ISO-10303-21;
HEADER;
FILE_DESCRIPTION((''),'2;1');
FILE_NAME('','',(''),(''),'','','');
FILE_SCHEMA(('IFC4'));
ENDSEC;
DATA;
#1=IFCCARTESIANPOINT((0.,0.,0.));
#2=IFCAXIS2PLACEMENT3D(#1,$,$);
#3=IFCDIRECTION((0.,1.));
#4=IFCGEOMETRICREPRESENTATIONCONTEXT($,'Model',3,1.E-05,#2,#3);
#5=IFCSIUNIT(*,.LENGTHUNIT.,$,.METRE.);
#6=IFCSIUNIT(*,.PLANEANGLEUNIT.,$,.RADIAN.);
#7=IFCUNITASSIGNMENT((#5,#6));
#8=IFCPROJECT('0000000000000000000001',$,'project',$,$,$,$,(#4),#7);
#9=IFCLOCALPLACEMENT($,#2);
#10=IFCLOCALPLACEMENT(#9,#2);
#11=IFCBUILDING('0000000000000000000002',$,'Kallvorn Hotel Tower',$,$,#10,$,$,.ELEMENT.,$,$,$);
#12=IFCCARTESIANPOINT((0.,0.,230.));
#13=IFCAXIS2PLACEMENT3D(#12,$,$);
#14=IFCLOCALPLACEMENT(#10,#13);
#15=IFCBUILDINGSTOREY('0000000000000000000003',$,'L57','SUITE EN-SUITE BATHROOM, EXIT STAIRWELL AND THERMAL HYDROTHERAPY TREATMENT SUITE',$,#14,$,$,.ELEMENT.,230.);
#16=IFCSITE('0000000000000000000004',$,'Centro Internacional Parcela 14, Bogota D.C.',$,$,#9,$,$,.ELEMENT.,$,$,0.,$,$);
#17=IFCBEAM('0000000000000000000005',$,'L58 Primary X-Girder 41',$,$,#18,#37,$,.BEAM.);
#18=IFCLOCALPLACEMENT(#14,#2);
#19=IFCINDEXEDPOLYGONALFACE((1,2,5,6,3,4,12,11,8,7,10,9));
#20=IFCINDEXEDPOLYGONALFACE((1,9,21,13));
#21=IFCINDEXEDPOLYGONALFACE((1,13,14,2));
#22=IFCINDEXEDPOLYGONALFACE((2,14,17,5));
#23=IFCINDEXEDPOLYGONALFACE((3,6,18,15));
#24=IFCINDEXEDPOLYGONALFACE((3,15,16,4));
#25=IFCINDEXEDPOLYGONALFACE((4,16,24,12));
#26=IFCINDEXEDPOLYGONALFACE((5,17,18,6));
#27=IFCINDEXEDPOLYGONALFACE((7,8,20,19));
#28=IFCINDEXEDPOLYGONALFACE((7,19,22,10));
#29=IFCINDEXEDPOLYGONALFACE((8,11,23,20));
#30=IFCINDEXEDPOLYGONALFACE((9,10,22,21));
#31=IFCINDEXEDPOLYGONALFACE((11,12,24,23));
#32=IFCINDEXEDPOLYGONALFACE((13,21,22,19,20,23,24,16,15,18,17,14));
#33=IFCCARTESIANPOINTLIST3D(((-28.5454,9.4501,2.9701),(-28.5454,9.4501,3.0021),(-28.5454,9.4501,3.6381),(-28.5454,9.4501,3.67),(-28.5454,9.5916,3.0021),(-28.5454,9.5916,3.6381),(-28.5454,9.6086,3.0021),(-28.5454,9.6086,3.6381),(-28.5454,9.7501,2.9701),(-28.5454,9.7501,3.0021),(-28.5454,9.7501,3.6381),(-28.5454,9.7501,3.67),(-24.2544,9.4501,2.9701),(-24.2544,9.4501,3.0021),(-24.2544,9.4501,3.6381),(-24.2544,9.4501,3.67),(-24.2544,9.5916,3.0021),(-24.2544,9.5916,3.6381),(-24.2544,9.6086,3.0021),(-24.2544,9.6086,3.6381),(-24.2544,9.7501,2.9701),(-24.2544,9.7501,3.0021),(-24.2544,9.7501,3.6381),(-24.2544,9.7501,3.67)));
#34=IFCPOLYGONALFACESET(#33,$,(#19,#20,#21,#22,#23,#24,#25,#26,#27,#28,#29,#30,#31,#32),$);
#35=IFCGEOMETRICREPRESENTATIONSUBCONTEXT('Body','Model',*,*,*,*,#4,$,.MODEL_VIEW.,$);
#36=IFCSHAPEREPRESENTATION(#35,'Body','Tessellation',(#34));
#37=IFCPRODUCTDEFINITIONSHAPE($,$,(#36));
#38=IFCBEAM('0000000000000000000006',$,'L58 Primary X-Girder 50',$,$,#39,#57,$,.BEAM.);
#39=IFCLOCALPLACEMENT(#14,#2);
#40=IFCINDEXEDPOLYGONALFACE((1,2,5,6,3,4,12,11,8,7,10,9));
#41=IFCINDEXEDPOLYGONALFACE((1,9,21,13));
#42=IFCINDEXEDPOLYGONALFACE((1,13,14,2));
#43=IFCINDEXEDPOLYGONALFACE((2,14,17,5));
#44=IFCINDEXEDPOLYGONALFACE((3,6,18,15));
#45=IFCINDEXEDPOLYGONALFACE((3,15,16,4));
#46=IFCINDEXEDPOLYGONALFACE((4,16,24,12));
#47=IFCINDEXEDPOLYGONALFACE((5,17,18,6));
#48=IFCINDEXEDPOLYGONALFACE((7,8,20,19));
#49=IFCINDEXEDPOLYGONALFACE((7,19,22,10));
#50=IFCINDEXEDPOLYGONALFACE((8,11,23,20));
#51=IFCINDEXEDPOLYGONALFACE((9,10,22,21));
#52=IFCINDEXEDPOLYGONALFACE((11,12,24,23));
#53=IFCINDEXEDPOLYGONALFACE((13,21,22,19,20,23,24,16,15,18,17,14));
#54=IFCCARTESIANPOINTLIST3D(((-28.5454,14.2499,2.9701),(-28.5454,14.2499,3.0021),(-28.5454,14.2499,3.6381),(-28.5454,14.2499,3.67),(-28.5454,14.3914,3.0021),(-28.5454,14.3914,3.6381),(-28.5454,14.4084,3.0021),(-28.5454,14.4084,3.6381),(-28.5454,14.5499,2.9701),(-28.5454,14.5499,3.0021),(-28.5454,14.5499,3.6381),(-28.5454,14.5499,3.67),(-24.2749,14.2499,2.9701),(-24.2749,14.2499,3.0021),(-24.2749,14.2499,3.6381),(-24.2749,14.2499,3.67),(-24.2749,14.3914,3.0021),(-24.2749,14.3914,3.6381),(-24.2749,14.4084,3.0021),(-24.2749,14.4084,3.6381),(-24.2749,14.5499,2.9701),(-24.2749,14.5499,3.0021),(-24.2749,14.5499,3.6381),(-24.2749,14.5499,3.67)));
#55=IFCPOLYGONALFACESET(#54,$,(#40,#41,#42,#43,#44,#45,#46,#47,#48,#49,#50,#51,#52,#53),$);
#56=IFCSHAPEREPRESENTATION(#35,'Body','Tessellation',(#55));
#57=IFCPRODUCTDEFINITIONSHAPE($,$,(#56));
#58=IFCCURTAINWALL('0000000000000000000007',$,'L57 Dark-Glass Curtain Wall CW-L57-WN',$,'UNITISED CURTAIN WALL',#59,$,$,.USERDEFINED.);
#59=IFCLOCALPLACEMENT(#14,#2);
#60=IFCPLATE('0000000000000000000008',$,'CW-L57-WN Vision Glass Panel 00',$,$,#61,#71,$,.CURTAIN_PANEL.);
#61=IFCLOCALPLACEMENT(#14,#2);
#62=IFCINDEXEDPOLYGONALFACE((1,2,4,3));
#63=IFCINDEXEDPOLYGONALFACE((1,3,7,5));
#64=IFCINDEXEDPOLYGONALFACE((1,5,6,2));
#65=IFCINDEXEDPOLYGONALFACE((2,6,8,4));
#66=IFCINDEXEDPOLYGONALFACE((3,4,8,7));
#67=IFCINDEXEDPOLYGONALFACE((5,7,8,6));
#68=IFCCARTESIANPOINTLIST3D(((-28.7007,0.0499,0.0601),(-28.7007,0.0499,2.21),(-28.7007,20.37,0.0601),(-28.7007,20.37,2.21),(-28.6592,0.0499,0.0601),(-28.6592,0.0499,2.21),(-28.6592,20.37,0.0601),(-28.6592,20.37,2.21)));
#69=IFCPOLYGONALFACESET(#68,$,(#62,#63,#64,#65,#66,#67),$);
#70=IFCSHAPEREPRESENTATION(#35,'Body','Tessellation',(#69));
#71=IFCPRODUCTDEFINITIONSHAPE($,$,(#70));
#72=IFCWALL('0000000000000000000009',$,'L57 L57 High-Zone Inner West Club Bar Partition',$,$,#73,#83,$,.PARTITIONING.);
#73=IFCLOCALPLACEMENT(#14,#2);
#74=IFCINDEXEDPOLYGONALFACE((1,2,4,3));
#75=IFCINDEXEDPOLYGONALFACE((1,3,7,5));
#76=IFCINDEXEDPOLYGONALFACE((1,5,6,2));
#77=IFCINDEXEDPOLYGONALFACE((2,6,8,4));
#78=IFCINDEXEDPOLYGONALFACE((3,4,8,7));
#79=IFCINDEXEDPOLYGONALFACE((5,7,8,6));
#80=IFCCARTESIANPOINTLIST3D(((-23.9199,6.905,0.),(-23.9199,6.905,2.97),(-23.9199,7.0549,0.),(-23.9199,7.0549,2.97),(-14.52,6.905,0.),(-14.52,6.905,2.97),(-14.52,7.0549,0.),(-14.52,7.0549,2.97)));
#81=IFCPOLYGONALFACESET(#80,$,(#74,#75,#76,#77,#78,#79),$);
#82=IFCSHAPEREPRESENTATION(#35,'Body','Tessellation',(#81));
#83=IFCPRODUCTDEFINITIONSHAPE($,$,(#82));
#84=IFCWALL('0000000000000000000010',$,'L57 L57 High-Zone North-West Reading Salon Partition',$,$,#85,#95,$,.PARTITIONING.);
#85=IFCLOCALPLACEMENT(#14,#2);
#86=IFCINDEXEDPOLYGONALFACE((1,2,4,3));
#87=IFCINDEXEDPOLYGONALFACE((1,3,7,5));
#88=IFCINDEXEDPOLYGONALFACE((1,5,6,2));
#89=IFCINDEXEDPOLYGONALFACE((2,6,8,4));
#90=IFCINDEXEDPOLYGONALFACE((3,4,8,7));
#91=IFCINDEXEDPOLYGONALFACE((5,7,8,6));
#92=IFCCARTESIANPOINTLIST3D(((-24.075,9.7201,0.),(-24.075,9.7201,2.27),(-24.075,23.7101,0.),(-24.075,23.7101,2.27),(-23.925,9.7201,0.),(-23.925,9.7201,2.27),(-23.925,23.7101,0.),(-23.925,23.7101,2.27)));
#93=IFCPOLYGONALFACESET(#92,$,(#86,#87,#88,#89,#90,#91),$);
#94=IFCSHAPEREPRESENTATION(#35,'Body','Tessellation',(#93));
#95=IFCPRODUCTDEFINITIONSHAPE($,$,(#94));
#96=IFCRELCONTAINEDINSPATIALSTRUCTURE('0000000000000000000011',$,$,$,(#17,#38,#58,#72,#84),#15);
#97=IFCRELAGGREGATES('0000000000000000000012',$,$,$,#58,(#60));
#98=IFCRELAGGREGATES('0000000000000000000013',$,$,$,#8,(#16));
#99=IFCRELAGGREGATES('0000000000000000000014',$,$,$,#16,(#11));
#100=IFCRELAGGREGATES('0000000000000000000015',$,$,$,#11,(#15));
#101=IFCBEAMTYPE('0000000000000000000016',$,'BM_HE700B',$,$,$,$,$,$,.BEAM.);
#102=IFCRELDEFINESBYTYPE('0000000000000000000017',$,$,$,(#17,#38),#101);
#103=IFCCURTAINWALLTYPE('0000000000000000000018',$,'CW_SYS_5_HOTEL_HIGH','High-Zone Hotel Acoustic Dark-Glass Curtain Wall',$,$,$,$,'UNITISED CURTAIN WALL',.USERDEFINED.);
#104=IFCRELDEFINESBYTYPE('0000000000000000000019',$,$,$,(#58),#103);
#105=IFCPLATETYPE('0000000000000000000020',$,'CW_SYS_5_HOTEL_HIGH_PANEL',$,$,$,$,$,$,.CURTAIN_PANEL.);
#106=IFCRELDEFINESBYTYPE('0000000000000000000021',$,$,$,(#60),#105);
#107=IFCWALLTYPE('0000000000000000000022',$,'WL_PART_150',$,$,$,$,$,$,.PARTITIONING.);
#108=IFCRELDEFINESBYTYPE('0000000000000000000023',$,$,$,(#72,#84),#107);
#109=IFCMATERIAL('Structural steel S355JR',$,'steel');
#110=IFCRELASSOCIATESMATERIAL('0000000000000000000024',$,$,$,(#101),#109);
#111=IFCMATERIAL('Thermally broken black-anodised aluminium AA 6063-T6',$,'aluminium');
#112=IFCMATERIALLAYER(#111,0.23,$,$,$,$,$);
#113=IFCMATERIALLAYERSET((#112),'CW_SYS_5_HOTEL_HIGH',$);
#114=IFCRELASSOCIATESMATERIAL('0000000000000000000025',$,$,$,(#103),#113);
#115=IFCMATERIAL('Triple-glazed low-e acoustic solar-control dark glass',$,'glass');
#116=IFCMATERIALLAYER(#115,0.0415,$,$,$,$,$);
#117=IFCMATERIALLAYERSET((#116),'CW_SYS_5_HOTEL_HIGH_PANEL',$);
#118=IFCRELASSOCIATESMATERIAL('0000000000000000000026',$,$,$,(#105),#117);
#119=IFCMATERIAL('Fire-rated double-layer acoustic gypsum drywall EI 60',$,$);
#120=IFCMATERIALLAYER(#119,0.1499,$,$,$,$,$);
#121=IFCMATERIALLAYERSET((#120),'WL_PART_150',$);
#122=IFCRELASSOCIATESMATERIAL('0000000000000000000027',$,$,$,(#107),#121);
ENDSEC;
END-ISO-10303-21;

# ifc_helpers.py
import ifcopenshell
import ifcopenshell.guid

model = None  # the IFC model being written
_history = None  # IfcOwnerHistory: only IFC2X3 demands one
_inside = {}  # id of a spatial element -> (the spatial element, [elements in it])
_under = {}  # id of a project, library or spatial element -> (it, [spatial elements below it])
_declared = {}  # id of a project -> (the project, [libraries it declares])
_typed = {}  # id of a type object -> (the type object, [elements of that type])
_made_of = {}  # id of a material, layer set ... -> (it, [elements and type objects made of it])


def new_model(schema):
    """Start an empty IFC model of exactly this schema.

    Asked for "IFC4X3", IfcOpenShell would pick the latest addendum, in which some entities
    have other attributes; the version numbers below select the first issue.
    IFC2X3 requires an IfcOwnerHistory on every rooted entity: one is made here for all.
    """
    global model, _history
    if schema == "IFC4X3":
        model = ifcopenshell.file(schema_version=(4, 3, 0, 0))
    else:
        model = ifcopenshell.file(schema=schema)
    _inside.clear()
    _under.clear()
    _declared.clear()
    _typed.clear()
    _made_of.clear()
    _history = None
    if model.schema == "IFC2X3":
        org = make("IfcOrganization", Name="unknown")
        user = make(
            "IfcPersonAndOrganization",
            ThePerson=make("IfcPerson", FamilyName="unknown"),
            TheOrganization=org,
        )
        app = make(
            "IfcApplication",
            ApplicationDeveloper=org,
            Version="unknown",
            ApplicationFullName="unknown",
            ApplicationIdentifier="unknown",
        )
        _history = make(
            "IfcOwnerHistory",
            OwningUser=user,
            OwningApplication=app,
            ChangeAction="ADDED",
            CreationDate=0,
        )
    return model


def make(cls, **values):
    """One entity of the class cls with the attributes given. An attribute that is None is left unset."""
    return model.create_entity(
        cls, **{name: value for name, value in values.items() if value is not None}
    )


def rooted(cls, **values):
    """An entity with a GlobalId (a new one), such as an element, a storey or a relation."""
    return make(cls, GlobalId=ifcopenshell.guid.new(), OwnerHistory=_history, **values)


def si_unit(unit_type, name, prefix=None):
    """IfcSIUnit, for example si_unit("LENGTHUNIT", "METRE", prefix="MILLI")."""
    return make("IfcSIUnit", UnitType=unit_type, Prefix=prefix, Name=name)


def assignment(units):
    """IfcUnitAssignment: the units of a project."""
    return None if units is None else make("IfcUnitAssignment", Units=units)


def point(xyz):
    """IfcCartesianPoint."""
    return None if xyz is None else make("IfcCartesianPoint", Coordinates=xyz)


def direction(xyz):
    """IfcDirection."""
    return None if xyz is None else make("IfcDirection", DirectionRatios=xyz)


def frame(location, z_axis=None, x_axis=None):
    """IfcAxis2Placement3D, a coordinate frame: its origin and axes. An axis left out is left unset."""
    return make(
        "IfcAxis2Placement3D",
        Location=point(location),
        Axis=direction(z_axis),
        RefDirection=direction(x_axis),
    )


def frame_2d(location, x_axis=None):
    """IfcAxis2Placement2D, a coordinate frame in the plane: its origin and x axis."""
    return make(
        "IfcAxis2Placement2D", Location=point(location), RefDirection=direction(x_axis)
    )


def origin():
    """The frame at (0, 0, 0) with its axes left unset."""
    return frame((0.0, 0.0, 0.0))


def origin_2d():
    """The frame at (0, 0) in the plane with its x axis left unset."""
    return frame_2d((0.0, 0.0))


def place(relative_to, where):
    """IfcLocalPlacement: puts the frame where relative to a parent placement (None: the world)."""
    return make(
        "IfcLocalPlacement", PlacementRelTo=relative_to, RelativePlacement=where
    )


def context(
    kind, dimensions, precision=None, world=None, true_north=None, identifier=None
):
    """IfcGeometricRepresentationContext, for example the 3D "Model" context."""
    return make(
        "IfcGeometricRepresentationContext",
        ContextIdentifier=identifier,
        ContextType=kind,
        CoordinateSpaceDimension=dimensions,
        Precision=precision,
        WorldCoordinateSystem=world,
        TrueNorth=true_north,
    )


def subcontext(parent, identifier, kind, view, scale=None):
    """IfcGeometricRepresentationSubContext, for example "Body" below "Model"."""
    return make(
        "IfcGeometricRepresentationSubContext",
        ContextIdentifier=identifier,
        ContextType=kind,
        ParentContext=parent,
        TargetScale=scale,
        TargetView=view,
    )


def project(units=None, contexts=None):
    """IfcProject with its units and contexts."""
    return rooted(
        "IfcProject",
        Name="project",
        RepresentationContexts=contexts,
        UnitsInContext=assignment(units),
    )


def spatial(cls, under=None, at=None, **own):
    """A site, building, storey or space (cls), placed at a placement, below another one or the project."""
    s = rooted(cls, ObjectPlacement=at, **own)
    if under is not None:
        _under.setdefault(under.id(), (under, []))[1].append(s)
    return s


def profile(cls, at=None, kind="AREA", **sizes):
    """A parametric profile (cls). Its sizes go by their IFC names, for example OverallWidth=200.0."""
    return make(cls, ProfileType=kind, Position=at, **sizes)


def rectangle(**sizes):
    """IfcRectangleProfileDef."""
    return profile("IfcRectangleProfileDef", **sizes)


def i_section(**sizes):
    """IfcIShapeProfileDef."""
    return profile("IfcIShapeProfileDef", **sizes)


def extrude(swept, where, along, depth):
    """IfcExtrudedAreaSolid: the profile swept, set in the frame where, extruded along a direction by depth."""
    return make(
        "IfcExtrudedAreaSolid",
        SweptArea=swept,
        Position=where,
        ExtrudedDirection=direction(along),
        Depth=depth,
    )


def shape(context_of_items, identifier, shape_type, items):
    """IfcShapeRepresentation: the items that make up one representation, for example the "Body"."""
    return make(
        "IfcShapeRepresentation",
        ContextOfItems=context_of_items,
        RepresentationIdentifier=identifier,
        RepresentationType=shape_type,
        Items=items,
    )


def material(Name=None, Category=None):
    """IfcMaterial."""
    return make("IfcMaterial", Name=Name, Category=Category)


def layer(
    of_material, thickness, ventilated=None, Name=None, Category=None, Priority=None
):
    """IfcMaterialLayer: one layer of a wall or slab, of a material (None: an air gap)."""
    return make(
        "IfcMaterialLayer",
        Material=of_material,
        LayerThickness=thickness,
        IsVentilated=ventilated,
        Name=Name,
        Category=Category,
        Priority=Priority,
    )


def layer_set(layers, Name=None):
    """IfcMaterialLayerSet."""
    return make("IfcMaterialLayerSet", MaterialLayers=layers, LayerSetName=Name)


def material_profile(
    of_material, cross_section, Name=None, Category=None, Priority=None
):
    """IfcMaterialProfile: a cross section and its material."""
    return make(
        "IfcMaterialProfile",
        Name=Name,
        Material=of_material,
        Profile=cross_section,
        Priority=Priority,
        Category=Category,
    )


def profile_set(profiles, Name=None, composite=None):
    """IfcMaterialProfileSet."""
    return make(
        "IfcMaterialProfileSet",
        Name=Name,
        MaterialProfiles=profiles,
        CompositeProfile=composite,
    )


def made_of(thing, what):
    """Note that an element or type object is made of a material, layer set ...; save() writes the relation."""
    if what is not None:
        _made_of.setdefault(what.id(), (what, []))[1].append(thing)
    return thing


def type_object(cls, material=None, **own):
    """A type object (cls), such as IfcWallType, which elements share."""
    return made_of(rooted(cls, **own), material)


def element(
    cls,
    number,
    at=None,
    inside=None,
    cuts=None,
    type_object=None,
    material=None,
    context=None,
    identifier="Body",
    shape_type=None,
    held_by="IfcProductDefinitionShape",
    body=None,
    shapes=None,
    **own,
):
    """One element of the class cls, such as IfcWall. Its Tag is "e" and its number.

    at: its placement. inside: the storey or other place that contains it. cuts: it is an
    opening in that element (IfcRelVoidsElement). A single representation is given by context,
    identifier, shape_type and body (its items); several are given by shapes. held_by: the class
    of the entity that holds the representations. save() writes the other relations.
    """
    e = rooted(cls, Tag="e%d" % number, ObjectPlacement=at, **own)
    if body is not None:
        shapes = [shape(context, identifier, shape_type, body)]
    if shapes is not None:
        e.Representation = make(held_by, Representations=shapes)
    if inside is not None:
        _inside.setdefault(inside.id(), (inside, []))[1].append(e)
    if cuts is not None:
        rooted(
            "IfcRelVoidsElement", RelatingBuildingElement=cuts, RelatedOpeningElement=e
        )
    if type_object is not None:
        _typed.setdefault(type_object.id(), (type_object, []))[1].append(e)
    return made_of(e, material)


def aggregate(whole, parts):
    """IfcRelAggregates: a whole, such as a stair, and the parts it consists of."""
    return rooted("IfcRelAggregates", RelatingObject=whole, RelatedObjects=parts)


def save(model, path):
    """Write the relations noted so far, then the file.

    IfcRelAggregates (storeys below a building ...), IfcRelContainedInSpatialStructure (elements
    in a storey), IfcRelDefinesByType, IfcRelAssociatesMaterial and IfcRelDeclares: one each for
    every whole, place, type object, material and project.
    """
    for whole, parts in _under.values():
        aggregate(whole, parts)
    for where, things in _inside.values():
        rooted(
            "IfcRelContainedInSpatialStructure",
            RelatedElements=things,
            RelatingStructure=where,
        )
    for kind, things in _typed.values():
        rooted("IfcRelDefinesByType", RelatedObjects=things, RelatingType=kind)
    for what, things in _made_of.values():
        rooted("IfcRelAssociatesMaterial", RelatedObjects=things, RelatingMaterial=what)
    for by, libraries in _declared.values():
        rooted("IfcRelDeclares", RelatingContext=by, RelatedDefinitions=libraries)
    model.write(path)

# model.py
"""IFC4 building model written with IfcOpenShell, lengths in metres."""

from ifc_helpers import new_model, si_unit, direction, frame, frame_2d, origin, origin_2d, place, context, subcontext, project, spatial, rectangle, i_section, extrude, material, layer, layer_set, material_profile, profile_set, type_object, element, aggregate, save


model = new_model("IFC4")

# Units and contexts
model_context = context("Model", 3, precision=1e-05, world=origin(), true_north=direction((0.0, 1.0)))
body_context = subcontext(model_context, "Body", "Model", "MODEL_VIEW")
ifc_project = project(units=[si_unit("LENGTHUNIT", "METRE"), si_unit("PLANEANGLEUNIT", "RADIAN")], contexts=[model_context])

# Site, building, storey
site_placement = place(None, origin())
site = spatial("IfcSite", under=ifc_project, at=site_placement, Name="Centro Internacional Parcela 14, Bogota D.C.", CompositionType="ELEMENT", RefElevation=0.0)
building_placement = place(site_placement, origin())
building = spatial("IfcBuilding", under=site, at=building_placement, Name="Kallvorn Hotel Tower", CompositionType="ELEMENT")
storey_placement = place(building_placement, frame((0.0, 0.0, 230.0)))
storey = spatial("IfcBuildingStorey", under=building, at=storey_placement, Name="L57", Description="SUITE EN-SUITE BATHROOM, EXIT STAIRWELL AND THERMAL HYDROTHERAPY TREATMENT SUITE", CompositionType="ELEMENT", Elevation=230.0)

# Beams
ifc_material_1 = material(Name="Structural steel S355JR", Category="steel")
ifc_material_profile_1 = material_profile(ifc_material_1, i_section(OverallWidth=0.3, OverallDepth=0.7, WebThickness=0.0171, FlangeThickness=0.032, at=origin_2d()), Name="HE 700 B")
ifc_profile_set_1 = profile_set([ifc_material_profile_1], Name="Structural steel S355JR")
beam_type_1 = type_object("IfcBeamType", Name="BM_HE700B", PredefinedType="BEAM", material=ifc_profile_set_1)
beam_1_placement = place(storey_placement, frame((-28.5454, 9.6001, 3.3201), z_axis=(1.0, 0.0, 0.0), x_axis=(0.0, 1.0, 0.0)))
element("IfcBeam", 1, at=beam_1_placement, inside=storey, type_object=beam_type_1, Name="L58 Primary X-Girder 41", PredefinedType="BEAM", context=body_context, shape_type="SweptSolid", body=[
    extrude(i_section(OverallWidth=0.3, OverallDepth=0.7, WebThickness=0.0171, FlangeThickness=0.032, at=origin_2d()), origin(), (0.0, 0.0, 1.0), 4.291),
])
beam_2_placement = place(storey_placement, frame((-28.5454, 14.3999, 3.3201), z_axis=(1.0, 0.0, 0.0), x_axis=(0.0, 1.0, 0.0)))
element("IfcBeam", 2, at=beam_2_placement, inside=storey, type_object=beam_type_1, Name="L58 Primary X-Girder 50", PredefinedType="BEAM", context=body_context, shape_type="SweptSolid", body=[
    extrude(i_section(OverallWidth=0.3, OverallDepth=0.7, WebThickness=0.0171, FlangeThickness=0.032, at=origin_2d()), origin(), (0.0, 0.0, 1.0), 4.2705),
])

# Curtain wall, plate
ifc_material_2 = material(Name="Thermally broken black-anodised aluminium AA 6063-T6", Category="aluminium")
ifc_layer_1 = layer(ifc_material_2, 0.23)
ifc_layer_set_1 = layer_set([ifc_layer_1], Name="CW_SYS_5_HOTEL_HIGH")
curtain_wall_type = type_object("IfcCurtainWallType", Name="CW_SYS_5_HOTEL_HIGH", Description="High-Zone Hotel Acoustic Dark-Glass Curtain Wall", ElementType="UNITISED CURTAIN WALL", PredefinedType="USERDEFINED", material=ifc_layer_set_1)
curtain_wall_placement = place(storey_placement, origin())
curtain_wall = element("IfcCurtainWall", 3, at=curtain_wall_placement, inside=storey, type_object=curtain_wall_type, Name="L57 Dark-Glass Curtain Wall CW-L57-WN", ObjectType="UNITISED CURTAIN WALL", PredefinedType="USERDEFINED")
ifc_material_3 = material(Name="Triple-glazed low-e acoustic solar-control dark glass", Category="glass")
ifc_layer_2 = layer(ifc_material_3, 0.0415)
ifc_layer_set_2 = layer_set([ifc_layer_2], Name="CW_SYS_5_HOTEL_HIGH_PANEL")
plate_type = type_object("IfcPlateType", Name="CW_SYS_5_HOTEL_HIGH_PANEL", PredefinedType="CURTAIN_PANEL", material=ifc_layer_set_2)
plate_placement = place(storey_placement, frame((-28.6799, 10.21, 0.0601), z_axis=(0.0, 0.0, 1.0), x_axis=(0.0, 1.0, 0.0)))
plate = element("IfcPlate", 4, at=plate_placement, type_object=plate_type, Name="CW-L57-WN Vision Glass Panel 00", PredefinedType="CURTAIN_PANEL", context=body_context, shape_type="SweptSolid", body=[
    extrude(rectangle(XDim=20.3201, YDim=0.0415, at=origin_2d()), origin(), (0.0, 0.0, 1.0), 2.1499),
])
aggregate(curtain_wall, [plate])

# Walls
ifc_material_4 = material(Name="Fire-rated double-layer acoustic gypsum drywall EI 60")
ifc_layer_3 = layer(ifc_material_4, 0.1499)
ifc_layer_set_3 = layer_set([ifc_layer_3], Name="WL_PART_150")
wall_type = type_object("IfcWallType", Name="WL_PART_150", PredefinedType="PARTITIONING", material=ifc_layer_set_3)
wall_1_placement = place(storey_placement, frame((-23.9199, 6.98, 0.0), z_axis=(0.0, 0.0, 1.0), x_axis=(1.0, 0.0, 0.0)))
element("IfcWall", 5, at=wall_1_placement, inside=storey, type_object=wall_type, Name="L57 L57 High-Zone Inner West Club Bar Partition", PredefinedType="PARTITIONING", context=body_context, shape_type="SweptSolid", body=[
    extrude(rectangle(XDim=9.3999, YDim=0.1499, at=frame_2d((4.7, 0.0))), origin(), (0.0, 0.0, 1.0), 2.97),
])
wall_2_placement = place(storey_placement, frame((-24.0, 9.72, 0.0), z_axis=(0.0, 0.0, 1.0), x_axis=(0.0, 1.0, 0.0)))
element("IfcWall", 6, at=wall_2_placement, inside=storey, type_object=wall_type, Name="L57 L57 High-Zone North-West Reading Salon Partition", PredefinedType="PARTITIONING", context=body_context, shape_type="SweptSolid", body=[
    extrude(rectangle(XDim=13.99, YDim=0.1499, at=frame_2d((6.9951, 0.0))), origin(), (0.0, 0.0, 1.0), 2.27),
])

save(model, "model.ifc")
